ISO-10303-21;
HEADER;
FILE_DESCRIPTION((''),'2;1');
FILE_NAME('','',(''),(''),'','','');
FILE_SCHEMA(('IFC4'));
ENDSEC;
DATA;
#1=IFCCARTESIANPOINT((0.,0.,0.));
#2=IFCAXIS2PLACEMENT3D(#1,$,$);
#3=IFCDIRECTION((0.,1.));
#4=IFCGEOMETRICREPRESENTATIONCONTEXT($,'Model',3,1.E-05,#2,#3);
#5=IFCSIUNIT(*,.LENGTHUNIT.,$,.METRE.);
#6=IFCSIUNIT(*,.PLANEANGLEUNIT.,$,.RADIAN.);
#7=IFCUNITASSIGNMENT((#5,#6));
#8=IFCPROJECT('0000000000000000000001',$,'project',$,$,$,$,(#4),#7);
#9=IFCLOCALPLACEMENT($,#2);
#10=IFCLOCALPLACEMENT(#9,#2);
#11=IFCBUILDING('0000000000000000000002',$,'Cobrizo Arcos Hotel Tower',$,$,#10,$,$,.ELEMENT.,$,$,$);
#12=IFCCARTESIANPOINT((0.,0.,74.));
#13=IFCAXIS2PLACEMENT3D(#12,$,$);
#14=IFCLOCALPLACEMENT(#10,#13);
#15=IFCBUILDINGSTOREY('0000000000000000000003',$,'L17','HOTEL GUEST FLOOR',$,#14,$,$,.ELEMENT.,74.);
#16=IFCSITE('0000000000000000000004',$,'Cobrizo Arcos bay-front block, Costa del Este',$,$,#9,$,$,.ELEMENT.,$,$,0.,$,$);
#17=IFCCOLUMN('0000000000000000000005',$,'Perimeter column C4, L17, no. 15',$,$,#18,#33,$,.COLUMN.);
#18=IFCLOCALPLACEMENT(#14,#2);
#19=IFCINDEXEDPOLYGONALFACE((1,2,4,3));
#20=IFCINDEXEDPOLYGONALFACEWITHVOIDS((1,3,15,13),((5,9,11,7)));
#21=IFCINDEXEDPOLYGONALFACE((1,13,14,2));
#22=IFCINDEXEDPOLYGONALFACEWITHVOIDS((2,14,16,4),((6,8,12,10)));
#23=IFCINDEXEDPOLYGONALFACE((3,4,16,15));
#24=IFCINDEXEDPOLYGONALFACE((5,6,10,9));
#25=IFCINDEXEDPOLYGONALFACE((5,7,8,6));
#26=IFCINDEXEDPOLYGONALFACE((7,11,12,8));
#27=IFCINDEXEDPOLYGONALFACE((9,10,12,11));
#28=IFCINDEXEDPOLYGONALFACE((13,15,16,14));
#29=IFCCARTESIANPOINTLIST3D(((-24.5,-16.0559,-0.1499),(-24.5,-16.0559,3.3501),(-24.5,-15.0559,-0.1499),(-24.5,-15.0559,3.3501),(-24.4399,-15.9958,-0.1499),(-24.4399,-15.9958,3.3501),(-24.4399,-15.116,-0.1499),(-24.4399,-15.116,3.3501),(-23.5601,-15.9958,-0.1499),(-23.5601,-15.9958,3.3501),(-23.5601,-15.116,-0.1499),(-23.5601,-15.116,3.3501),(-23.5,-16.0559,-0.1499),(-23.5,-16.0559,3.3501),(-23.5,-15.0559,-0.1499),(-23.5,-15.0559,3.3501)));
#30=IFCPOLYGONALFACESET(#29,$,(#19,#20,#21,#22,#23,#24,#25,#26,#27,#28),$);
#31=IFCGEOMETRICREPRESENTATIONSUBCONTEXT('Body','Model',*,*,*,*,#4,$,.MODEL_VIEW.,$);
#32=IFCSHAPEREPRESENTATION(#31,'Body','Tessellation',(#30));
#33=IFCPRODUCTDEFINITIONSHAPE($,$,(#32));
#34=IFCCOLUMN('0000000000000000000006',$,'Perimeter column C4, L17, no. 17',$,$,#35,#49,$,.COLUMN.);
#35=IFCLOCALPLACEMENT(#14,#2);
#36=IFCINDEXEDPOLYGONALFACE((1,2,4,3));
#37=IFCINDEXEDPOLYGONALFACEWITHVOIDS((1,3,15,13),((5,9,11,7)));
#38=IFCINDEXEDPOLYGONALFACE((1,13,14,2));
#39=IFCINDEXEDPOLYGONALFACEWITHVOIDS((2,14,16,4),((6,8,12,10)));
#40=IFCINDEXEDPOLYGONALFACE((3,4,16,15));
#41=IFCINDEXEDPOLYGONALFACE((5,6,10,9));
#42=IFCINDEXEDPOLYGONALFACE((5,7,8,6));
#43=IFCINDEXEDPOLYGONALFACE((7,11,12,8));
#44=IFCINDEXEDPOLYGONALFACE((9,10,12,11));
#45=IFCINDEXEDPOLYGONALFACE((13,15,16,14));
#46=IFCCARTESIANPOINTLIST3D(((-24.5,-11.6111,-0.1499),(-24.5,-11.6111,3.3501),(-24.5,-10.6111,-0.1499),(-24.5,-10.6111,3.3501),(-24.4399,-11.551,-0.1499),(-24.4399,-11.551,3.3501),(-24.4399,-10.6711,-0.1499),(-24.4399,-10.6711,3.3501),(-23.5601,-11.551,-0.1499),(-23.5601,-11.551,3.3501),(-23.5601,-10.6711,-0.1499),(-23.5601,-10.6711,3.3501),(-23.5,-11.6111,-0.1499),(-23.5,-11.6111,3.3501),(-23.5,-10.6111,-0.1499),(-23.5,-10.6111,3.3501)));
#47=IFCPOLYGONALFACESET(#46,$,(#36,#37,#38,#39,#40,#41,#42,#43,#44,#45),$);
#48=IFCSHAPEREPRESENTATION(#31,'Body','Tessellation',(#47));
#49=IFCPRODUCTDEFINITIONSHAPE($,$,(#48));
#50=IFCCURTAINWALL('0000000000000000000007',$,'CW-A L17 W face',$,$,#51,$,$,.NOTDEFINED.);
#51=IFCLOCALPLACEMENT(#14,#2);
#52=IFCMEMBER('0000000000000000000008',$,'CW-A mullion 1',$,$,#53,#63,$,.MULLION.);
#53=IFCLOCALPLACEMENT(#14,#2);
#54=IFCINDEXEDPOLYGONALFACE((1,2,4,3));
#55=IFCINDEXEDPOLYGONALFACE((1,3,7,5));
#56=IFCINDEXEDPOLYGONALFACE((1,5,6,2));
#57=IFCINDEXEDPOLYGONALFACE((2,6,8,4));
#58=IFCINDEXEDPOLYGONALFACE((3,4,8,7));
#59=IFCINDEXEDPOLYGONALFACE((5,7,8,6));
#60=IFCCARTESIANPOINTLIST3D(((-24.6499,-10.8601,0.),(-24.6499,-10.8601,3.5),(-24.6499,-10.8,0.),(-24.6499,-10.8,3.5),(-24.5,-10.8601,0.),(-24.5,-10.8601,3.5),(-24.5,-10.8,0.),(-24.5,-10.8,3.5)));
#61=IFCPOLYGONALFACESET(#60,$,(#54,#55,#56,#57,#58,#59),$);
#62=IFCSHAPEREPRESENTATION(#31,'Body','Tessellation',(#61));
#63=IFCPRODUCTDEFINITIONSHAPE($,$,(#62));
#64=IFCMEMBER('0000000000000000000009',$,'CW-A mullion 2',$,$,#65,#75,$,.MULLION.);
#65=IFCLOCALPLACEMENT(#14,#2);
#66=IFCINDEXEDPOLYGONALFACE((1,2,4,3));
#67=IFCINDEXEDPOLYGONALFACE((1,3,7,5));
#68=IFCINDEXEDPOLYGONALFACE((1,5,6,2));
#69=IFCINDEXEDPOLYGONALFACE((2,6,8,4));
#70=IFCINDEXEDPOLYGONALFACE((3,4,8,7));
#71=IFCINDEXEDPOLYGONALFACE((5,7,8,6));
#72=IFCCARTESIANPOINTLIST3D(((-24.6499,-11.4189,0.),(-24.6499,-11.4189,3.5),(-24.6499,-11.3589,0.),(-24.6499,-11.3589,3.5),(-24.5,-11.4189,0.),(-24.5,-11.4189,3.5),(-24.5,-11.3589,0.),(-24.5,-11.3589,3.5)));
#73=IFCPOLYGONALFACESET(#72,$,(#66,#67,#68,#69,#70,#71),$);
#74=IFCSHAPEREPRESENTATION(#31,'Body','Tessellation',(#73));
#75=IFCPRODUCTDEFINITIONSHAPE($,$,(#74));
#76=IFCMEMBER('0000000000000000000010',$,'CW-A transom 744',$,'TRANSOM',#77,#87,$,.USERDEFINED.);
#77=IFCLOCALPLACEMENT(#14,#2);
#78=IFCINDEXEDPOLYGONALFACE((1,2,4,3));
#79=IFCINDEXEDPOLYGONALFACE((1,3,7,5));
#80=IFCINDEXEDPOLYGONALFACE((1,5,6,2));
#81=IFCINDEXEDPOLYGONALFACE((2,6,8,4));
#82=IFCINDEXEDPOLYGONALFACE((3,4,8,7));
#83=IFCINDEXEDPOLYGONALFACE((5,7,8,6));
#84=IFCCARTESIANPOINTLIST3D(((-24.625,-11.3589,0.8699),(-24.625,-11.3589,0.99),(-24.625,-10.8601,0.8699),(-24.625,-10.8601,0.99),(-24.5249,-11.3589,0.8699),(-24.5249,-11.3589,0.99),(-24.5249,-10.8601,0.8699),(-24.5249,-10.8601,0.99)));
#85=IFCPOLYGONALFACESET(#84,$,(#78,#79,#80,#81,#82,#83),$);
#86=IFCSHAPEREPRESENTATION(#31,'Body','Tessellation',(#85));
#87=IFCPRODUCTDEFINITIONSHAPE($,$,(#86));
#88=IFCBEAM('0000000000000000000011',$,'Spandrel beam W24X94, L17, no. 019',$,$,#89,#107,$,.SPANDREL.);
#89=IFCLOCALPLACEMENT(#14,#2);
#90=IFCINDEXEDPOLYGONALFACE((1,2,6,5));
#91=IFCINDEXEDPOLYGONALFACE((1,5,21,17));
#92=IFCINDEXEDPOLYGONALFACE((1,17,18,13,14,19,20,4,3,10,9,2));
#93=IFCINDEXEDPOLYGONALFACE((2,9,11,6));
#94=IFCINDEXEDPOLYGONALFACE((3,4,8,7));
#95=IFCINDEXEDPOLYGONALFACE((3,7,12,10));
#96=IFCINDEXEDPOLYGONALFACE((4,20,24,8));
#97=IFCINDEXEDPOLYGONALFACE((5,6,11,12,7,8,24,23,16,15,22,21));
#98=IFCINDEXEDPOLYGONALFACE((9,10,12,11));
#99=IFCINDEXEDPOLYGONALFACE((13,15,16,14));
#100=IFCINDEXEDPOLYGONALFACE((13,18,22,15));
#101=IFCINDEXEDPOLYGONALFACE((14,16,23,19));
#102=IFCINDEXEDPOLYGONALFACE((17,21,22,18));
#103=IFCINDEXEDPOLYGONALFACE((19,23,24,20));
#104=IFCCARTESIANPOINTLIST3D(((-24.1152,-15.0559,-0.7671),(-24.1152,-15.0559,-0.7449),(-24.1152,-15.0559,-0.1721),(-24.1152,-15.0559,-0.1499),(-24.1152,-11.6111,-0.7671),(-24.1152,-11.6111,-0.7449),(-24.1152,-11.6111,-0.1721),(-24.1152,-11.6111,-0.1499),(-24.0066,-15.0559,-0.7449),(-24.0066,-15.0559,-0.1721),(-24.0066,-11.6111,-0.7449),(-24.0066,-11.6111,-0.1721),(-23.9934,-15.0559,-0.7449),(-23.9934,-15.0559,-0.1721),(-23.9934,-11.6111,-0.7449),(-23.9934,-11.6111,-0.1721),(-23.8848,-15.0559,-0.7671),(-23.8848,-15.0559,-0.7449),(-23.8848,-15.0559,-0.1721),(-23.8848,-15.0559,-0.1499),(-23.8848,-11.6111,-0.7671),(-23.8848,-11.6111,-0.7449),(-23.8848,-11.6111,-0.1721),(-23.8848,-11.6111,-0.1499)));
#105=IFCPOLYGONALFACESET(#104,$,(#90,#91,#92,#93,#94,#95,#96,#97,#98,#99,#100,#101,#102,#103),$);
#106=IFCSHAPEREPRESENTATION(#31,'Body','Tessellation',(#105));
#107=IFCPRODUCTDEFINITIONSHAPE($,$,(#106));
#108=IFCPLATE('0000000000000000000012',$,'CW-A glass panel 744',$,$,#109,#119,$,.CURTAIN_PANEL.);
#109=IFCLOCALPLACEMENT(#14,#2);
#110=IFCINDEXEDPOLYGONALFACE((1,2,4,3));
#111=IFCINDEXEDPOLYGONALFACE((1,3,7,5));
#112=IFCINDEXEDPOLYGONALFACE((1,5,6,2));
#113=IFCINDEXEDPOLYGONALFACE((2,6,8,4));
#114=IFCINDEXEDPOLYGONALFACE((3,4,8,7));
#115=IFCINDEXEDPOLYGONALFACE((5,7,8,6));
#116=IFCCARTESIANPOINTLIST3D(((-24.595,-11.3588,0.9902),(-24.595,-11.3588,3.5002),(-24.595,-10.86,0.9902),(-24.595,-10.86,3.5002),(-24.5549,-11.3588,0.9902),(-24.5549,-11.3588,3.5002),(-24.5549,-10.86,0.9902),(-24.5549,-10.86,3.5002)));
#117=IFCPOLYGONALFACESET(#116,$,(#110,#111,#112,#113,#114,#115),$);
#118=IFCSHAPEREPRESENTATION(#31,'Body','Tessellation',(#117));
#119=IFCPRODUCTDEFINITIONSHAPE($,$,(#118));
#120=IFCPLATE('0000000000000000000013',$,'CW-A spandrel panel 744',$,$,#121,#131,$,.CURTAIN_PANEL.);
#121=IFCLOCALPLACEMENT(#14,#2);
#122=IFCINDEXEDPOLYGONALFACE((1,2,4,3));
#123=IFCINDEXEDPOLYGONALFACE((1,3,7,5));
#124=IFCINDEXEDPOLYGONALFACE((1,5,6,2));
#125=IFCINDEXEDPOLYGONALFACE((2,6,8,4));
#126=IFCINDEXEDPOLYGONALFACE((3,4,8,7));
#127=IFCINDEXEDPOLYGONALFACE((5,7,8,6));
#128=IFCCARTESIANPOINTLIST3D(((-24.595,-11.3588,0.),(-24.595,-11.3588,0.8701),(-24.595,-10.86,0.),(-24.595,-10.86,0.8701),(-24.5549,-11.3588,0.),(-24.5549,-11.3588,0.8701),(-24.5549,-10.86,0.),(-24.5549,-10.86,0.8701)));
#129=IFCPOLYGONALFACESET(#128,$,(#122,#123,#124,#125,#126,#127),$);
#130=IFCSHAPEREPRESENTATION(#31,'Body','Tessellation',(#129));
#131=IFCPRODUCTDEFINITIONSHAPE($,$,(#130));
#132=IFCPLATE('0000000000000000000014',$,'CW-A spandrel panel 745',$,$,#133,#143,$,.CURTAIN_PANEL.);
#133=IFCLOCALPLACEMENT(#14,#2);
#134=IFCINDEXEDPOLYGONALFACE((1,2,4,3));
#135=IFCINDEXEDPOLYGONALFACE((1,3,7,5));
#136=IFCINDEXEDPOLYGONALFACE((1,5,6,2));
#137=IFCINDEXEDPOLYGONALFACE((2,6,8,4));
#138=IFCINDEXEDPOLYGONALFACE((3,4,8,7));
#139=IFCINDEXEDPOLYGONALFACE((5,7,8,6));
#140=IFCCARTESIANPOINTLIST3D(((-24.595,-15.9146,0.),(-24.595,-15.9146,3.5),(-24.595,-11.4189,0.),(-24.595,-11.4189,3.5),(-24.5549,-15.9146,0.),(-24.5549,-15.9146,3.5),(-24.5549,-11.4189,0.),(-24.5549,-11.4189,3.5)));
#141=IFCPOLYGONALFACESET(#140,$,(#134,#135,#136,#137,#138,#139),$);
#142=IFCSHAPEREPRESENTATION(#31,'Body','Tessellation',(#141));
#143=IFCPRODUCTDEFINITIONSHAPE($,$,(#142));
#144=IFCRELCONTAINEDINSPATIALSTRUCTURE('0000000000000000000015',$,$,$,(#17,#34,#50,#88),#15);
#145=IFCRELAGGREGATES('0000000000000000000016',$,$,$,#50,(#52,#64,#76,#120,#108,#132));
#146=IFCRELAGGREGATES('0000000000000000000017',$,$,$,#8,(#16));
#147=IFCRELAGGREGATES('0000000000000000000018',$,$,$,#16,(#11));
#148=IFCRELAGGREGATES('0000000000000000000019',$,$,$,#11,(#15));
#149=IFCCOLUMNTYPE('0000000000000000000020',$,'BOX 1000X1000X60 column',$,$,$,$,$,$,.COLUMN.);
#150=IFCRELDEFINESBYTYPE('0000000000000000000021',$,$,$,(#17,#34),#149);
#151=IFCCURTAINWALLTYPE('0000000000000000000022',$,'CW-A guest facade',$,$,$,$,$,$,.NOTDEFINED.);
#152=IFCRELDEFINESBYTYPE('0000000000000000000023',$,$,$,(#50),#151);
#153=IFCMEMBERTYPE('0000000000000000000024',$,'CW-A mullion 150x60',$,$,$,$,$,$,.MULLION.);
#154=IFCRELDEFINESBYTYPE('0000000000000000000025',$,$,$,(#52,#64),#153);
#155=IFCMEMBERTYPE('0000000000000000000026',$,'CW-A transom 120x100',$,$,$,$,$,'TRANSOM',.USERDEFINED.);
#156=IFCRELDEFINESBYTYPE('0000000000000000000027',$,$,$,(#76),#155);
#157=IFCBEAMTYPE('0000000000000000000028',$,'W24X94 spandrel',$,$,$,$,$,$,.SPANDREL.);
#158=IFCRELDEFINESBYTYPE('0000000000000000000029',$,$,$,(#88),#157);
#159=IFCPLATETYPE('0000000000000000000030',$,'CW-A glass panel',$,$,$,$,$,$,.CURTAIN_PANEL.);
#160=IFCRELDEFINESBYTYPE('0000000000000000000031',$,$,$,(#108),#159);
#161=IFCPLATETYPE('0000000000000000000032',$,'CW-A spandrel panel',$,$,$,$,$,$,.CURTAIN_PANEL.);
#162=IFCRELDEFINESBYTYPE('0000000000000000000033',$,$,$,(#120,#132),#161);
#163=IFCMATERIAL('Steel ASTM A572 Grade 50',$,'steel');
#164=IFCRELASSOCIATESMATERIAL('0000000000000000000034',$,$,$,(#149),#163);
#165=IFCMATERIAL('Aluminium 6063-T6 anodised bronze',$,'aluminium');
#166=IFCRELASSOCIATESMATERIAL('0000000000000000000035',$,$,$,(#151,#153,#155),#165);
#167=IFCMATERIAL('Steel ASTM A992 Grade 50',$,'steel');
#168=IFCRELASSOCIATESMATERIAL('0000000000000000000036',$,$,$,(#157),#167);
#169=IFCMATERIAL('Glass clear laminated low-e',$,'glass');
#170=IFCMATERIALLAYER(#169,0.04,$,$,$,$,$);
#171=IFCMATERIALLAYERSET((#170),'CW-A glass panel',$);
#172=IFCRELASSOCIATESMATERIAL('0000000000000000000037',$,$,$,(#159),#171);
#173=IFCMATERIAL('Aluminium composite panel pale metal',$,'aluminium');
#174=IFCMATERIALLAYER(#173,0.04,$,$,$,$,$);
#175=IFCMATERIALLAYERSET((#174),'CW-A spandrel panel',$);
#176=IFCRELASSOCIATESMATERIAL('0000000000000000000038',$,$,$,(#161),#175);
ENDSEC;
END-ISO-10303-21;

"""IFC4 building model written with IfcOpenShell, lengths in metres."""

from ifc_helpers import new_model, si_unit, direction, frame, origin, origin_2d, place, context, subcontext, project, spatial, rectangle, hollow_rectangle, i_section, extrude, material, layer, layer_set, material_profile, profile_set, type_object, element, aggregate, save


model = new_model("IFC4")

# Units and contexts
model_context = context("Model", 3, precision=1e-05, world=origin(), true_north=direction((0.0, 1.0)))
body_context = subcontext(model_context, "Body", "Model", "MODEL_VIEW")
ifc_project = project(units=[si_unit("LENGTHUNIT", "METRE"), si_unit("PLANEANGLEUNIT", "RADIAN")], contexts=[model_context])

# Site, building, storey
site_placement = place(None, origin())
site = spatial("IfcSite", under=ifc_project, at=site_placement, Name="Cobrizo Arcos bay-front block, Costa del Este", CompositionType="ELEMENT", RefElevation=0.0)
building_placement = place(site_placement, origin())
building = spatial("IfcBuilding", under=site, at=building_placement, Name="Cobrizo Arcos Hotel Tower", CompositionType="ELEMENT")
storey_placement = place(building_placement, frame((0.0, 0.0, 74.0)))
storey = spatial("IfcBuildingStorey", under=building, at=storey_placement, Name="L17", Description="HOTEL GUEST FLOOR", CompositionType="ELEMENT", Elevation=74.0)

# Columns
ifc_material_1 = material(Name="Steel ASTM A572 Grade 50", Category="steel")
ifc_material_profile_1 = material_profile(ifc_material_1, hollow_rectangle(XDim=1.0, YDim=1.0, WallThickness=0.0601, at=origin_2d()), Name="BOX 1000X1000X60")
ifc_profile_set_1 = profile_set([ifc_material_profile_1], Name="Steel ASTM A572 Grade 50")
column_type = type_object("IfcColumnType", Name="BOX 1000X1000X60 column", PredefinedType="COLUMN", material=ifc_profile_set_1)
for number, where, z_axis, x_axis, name in (
    (1, (-24.0, -15.5559, -0.1499), (0.0, 0.0, 1.0), (1.0, 0.0, 0.0), "Perimeter column C4, L17, no. 15"),
    (2, (-24.0, -11.1111, -0.1499), (0.0, 0.0, 1.0), (1.0, 0.0, 0.0), "Perimeter column C4, L17, no. 17"),
):
    element("IfcColumn", number, at=place(storey_placement, frame(where, z_axis=z_axis, x_axis=x_axis)), inside=storey, type_object=column_type, Name=name, PredefinedType="COLUMN", context=body_context, shape_type="SweptSolid", body=[
        extrude(hollow_rectangle(XDim=1.0, YDim=1.0, WallThickness=0.0601, at=origin_2d()), origin(), (0.0, 0.0, 1.0), 3.5),
    ])

# Curtain wall, members
ifc_material_2 = material(Name="Aluminium 6063-T6 anodised bronze", Category="aluminium")
curtain_wall_type = type_object("IfcCurtainWallType", Name="CW-A guest facade", PredefinedType="NOTDEFINED", material=ifc_material_2)
curtain_wall_placement = place(storey_placement, origin())
curtain_wall = element("IfcCurtainWall", 3, at=curtain_wall_placement, inside=storey, type_object=curtain_wall_type, Name="CW-A L17 W face", PredefinedType="NOTDEFINED")
ifc_material_profile_2 = material_profile(ifc_material_2, rectangle(XDim=0.1499, YDim=0.0601, at=origin_2d()), Name="CW-A mullion 150x60")
ifc_profile_set_2 = profile_set([ifc_material_profile_2], Name="Aluminium 6063-T6 anodised bronze")
member_type_1 = type_object("IfcMemberType", Name="CW-A mullion 150x60", PredefinedType="MULLION", material=ifc_profile_set_2)
member_1_placement = place(storey_placement, frame((-24.575, -10.8301, 0.0), z_axis=(0.0, 0.0, 1.0), x_axis=(-1.0, 0.0, 0.0)))
member_1 = element("IfcMember", 4, at=member_1_placement, type_object=member_type_1, Name="CW-A mullion 1", PredefinedType="MULLION", context=body_context, shape_type="SweptSolid", body=[
    extrude(rectangle(XDim=0.1499, YDim=0.0601, at=origin_2d()), origin(), (0.0, 0.0, 1.0), 3.5),
])
member_2_placement = place(storey_placement, frame((-24.575, -11.3889, 0.0), z_axis=(0.0, 0.0, 1.0), x_axis=(-1.0, 0.0, 0.0)))
member_2 = element("IfcMember", 5, at=member_2_placement, type_object=member_type_1, Name="CW-A mullion 2", PredefinedType="MULLION", context=body_context, shape_type="SweptSolid", body=[
    extrude(rectangle(XDim=0.1499, YDim=0.0601, at=origin_2d()), origin(), (0.0, 0.0, 1.0), 3.5),
])
ifc_material_profile_3 = material_profile(ifc_material_2, rectangle(XDim=0.1001, YDim=0.1201, at=origin_2d()), Name="CW-A transom 120x100")
ifc_profile_set_3 = profile_set([ifc_material_profile_3], Name="Aluminium 6063-T6 anodised bronze")
member_type_2 = type_object("IfcMemberType", Name="CW-A transom 120x100", ElementType="TRANSOM", PredefinedType="USERDEFINED", material=ifc_profile_set_3)
member_3_placement = place(storey_placement, frame((-24.575, -10.8601, 0.9299), z_axis=(0.0, -1.0, 0.0), x_axis=(1.0, 0.0, 0.0)))
member_3 = element("IfcMember", 6, at=member_3_placement, type_object=member_type_2, Name="CW-A transom 744", ObjectType="TRANSOM", PredefinedType="USERDEFINED", context=body_context, shape_type="SweptSolid", body=[
    extrude(rectangle(XDim=0.1001, YDim=0.1201, at=origin_2d()), origin(), (0.0, 0.0, 1.0), 0.4988),
])

# Beam
ifc_material_3 = material(Name="Steel ASTM A992 Grade 50", Category="steel")
ifc_material_profile_4 = material_profile(ifc_material_3, i_section(OverallWidth=0.2305, OverallDepth=0.6172, WebThickness=0.0132, FlangeThickness=0.0222, at=origin_2d()), Name="W24X94")
ifc_profile_set_4 = profile_set([ifc_material_profile_4], Name="Steel ASTM A992 Grade 50")
beam_type = type_object("IfcBeamType", Name="W24X94 spandrel", PredefinedType="SPANDREL", material=ifc_profile_set_4)
beam_placement = place(storey_placement, frame((-24.0, -15.0559, -0.4585), z_axis=(0.0, 1.0, 0.0), x_axis=(-1.0, 0.0, 0.0)))
element("IfcBeam", 7, at=beam_placement, inside=storey, type_object=beam_type, Name="Spandrel beam W24X94, L17, no. 019", PredefinedType="SPANDREL", context=body_context, shape_type="SweptSolid", body=[
    extrude(i_section(OverallWidth=0.2305, OverallDepth=0.6172, WebThickness=0.0132, FlangeThickness=0.0222, at=origin_2d()), origin(), (0.0, 0.0, 1.0), 3.4448),
])

# Plates
ifc_material_4 = material(Name="Glass clear laminated low-e", Category="glass")
ifc_layer_1 = layer(ifc_material_4, 0.04)
ifc_layer_set_1 = layer_set([ifc_layer_1], Name="CW-A glass panel")
plate_type_1 = type_object("IfcPlateType", Name="CW-A glass panel", PredefinedType="CURTAIN_PANEL", material=ifc_layer_set_1)
plate_1_placement = place(storey_placement, frame((-24.575, -11.1094, 0.9902), z_axis=(0.0, 0.0, 1.0), x_axis=(0.0, -1.0, 0.0)))
plate_1 = element("IfcPlate", 8, at=plate_1_placement, type_object=plate_type_1, Name="CW-A glass panel 744", PredefinedType="CURTAIN_PANEL", context=body_context, shape_type="SweptSolid", body=[
    extrude(rectangle(XDim=0.4988, YDim=0.04, at=origin_2d()), origin(), (0.0, 0.0, 1.0), 2.51),
])
ifc_material_5 = material(Name="Aluminium composite panel pale metal", Category="aluminium")
ifc_layer_2 = layer(ifc_material_5, 0.04)
ifc_layer_set_2 = layer_set([ifc_layer_2], Name="CW-A spandrel panel")
plate_type_2 = type_object("IfcPlateType", Name="CW-A spandrel panel", PredefinedType="CURTAIN_PANEL", material=ifc_layer_set_2)
plate_2_placement = place(storey_placement, frame((-24.575, -11.1094, 0.0), z_axis=(0.0, 0.0, 1.0), x_axis=(0.0, -1.0, 0.0)))
plate_2 = element("IfcPlate", 9, at=plate_2_placement, type_object=plate_type_2, Name="CW-A spandrel panel 744", PredefinedType="CURTAIN_PANEL", context=body_context, shape_type="SweptSolid", body=[
    extrude(rectangle(XDim=0.4988, YDim=0.04, at=origin_2d()), origin(), (0.0, 0.0, 1.0), 0.8701),
])
plate_3_placement = place(storey_placement, frame((-24.575, -13.6667, 0.0), z_axis=(0.0, 0.0, 1.0), x_axis=(0.0, -1.0, 0.0)))
plate_3 = element("IfcPlate", 10, at=plate_3_placement, type_object=plate_type_2, Name="CW-A spandrel panel 745", PredefinedType="CURTAIN_PANEL", context=body_context, shape_type="SweptSolid", body=[
    extrude(rectangle(XDim=4.4956, YDim=0.04, at=origin_2d()), origin(), (0.0, 0.0, 1.0), 3.5),
])
aggregate(curtain_wall, [member_1, member_2, member_3, plate_2, plate_1, plate_3])

save(model, "model.ifc")
